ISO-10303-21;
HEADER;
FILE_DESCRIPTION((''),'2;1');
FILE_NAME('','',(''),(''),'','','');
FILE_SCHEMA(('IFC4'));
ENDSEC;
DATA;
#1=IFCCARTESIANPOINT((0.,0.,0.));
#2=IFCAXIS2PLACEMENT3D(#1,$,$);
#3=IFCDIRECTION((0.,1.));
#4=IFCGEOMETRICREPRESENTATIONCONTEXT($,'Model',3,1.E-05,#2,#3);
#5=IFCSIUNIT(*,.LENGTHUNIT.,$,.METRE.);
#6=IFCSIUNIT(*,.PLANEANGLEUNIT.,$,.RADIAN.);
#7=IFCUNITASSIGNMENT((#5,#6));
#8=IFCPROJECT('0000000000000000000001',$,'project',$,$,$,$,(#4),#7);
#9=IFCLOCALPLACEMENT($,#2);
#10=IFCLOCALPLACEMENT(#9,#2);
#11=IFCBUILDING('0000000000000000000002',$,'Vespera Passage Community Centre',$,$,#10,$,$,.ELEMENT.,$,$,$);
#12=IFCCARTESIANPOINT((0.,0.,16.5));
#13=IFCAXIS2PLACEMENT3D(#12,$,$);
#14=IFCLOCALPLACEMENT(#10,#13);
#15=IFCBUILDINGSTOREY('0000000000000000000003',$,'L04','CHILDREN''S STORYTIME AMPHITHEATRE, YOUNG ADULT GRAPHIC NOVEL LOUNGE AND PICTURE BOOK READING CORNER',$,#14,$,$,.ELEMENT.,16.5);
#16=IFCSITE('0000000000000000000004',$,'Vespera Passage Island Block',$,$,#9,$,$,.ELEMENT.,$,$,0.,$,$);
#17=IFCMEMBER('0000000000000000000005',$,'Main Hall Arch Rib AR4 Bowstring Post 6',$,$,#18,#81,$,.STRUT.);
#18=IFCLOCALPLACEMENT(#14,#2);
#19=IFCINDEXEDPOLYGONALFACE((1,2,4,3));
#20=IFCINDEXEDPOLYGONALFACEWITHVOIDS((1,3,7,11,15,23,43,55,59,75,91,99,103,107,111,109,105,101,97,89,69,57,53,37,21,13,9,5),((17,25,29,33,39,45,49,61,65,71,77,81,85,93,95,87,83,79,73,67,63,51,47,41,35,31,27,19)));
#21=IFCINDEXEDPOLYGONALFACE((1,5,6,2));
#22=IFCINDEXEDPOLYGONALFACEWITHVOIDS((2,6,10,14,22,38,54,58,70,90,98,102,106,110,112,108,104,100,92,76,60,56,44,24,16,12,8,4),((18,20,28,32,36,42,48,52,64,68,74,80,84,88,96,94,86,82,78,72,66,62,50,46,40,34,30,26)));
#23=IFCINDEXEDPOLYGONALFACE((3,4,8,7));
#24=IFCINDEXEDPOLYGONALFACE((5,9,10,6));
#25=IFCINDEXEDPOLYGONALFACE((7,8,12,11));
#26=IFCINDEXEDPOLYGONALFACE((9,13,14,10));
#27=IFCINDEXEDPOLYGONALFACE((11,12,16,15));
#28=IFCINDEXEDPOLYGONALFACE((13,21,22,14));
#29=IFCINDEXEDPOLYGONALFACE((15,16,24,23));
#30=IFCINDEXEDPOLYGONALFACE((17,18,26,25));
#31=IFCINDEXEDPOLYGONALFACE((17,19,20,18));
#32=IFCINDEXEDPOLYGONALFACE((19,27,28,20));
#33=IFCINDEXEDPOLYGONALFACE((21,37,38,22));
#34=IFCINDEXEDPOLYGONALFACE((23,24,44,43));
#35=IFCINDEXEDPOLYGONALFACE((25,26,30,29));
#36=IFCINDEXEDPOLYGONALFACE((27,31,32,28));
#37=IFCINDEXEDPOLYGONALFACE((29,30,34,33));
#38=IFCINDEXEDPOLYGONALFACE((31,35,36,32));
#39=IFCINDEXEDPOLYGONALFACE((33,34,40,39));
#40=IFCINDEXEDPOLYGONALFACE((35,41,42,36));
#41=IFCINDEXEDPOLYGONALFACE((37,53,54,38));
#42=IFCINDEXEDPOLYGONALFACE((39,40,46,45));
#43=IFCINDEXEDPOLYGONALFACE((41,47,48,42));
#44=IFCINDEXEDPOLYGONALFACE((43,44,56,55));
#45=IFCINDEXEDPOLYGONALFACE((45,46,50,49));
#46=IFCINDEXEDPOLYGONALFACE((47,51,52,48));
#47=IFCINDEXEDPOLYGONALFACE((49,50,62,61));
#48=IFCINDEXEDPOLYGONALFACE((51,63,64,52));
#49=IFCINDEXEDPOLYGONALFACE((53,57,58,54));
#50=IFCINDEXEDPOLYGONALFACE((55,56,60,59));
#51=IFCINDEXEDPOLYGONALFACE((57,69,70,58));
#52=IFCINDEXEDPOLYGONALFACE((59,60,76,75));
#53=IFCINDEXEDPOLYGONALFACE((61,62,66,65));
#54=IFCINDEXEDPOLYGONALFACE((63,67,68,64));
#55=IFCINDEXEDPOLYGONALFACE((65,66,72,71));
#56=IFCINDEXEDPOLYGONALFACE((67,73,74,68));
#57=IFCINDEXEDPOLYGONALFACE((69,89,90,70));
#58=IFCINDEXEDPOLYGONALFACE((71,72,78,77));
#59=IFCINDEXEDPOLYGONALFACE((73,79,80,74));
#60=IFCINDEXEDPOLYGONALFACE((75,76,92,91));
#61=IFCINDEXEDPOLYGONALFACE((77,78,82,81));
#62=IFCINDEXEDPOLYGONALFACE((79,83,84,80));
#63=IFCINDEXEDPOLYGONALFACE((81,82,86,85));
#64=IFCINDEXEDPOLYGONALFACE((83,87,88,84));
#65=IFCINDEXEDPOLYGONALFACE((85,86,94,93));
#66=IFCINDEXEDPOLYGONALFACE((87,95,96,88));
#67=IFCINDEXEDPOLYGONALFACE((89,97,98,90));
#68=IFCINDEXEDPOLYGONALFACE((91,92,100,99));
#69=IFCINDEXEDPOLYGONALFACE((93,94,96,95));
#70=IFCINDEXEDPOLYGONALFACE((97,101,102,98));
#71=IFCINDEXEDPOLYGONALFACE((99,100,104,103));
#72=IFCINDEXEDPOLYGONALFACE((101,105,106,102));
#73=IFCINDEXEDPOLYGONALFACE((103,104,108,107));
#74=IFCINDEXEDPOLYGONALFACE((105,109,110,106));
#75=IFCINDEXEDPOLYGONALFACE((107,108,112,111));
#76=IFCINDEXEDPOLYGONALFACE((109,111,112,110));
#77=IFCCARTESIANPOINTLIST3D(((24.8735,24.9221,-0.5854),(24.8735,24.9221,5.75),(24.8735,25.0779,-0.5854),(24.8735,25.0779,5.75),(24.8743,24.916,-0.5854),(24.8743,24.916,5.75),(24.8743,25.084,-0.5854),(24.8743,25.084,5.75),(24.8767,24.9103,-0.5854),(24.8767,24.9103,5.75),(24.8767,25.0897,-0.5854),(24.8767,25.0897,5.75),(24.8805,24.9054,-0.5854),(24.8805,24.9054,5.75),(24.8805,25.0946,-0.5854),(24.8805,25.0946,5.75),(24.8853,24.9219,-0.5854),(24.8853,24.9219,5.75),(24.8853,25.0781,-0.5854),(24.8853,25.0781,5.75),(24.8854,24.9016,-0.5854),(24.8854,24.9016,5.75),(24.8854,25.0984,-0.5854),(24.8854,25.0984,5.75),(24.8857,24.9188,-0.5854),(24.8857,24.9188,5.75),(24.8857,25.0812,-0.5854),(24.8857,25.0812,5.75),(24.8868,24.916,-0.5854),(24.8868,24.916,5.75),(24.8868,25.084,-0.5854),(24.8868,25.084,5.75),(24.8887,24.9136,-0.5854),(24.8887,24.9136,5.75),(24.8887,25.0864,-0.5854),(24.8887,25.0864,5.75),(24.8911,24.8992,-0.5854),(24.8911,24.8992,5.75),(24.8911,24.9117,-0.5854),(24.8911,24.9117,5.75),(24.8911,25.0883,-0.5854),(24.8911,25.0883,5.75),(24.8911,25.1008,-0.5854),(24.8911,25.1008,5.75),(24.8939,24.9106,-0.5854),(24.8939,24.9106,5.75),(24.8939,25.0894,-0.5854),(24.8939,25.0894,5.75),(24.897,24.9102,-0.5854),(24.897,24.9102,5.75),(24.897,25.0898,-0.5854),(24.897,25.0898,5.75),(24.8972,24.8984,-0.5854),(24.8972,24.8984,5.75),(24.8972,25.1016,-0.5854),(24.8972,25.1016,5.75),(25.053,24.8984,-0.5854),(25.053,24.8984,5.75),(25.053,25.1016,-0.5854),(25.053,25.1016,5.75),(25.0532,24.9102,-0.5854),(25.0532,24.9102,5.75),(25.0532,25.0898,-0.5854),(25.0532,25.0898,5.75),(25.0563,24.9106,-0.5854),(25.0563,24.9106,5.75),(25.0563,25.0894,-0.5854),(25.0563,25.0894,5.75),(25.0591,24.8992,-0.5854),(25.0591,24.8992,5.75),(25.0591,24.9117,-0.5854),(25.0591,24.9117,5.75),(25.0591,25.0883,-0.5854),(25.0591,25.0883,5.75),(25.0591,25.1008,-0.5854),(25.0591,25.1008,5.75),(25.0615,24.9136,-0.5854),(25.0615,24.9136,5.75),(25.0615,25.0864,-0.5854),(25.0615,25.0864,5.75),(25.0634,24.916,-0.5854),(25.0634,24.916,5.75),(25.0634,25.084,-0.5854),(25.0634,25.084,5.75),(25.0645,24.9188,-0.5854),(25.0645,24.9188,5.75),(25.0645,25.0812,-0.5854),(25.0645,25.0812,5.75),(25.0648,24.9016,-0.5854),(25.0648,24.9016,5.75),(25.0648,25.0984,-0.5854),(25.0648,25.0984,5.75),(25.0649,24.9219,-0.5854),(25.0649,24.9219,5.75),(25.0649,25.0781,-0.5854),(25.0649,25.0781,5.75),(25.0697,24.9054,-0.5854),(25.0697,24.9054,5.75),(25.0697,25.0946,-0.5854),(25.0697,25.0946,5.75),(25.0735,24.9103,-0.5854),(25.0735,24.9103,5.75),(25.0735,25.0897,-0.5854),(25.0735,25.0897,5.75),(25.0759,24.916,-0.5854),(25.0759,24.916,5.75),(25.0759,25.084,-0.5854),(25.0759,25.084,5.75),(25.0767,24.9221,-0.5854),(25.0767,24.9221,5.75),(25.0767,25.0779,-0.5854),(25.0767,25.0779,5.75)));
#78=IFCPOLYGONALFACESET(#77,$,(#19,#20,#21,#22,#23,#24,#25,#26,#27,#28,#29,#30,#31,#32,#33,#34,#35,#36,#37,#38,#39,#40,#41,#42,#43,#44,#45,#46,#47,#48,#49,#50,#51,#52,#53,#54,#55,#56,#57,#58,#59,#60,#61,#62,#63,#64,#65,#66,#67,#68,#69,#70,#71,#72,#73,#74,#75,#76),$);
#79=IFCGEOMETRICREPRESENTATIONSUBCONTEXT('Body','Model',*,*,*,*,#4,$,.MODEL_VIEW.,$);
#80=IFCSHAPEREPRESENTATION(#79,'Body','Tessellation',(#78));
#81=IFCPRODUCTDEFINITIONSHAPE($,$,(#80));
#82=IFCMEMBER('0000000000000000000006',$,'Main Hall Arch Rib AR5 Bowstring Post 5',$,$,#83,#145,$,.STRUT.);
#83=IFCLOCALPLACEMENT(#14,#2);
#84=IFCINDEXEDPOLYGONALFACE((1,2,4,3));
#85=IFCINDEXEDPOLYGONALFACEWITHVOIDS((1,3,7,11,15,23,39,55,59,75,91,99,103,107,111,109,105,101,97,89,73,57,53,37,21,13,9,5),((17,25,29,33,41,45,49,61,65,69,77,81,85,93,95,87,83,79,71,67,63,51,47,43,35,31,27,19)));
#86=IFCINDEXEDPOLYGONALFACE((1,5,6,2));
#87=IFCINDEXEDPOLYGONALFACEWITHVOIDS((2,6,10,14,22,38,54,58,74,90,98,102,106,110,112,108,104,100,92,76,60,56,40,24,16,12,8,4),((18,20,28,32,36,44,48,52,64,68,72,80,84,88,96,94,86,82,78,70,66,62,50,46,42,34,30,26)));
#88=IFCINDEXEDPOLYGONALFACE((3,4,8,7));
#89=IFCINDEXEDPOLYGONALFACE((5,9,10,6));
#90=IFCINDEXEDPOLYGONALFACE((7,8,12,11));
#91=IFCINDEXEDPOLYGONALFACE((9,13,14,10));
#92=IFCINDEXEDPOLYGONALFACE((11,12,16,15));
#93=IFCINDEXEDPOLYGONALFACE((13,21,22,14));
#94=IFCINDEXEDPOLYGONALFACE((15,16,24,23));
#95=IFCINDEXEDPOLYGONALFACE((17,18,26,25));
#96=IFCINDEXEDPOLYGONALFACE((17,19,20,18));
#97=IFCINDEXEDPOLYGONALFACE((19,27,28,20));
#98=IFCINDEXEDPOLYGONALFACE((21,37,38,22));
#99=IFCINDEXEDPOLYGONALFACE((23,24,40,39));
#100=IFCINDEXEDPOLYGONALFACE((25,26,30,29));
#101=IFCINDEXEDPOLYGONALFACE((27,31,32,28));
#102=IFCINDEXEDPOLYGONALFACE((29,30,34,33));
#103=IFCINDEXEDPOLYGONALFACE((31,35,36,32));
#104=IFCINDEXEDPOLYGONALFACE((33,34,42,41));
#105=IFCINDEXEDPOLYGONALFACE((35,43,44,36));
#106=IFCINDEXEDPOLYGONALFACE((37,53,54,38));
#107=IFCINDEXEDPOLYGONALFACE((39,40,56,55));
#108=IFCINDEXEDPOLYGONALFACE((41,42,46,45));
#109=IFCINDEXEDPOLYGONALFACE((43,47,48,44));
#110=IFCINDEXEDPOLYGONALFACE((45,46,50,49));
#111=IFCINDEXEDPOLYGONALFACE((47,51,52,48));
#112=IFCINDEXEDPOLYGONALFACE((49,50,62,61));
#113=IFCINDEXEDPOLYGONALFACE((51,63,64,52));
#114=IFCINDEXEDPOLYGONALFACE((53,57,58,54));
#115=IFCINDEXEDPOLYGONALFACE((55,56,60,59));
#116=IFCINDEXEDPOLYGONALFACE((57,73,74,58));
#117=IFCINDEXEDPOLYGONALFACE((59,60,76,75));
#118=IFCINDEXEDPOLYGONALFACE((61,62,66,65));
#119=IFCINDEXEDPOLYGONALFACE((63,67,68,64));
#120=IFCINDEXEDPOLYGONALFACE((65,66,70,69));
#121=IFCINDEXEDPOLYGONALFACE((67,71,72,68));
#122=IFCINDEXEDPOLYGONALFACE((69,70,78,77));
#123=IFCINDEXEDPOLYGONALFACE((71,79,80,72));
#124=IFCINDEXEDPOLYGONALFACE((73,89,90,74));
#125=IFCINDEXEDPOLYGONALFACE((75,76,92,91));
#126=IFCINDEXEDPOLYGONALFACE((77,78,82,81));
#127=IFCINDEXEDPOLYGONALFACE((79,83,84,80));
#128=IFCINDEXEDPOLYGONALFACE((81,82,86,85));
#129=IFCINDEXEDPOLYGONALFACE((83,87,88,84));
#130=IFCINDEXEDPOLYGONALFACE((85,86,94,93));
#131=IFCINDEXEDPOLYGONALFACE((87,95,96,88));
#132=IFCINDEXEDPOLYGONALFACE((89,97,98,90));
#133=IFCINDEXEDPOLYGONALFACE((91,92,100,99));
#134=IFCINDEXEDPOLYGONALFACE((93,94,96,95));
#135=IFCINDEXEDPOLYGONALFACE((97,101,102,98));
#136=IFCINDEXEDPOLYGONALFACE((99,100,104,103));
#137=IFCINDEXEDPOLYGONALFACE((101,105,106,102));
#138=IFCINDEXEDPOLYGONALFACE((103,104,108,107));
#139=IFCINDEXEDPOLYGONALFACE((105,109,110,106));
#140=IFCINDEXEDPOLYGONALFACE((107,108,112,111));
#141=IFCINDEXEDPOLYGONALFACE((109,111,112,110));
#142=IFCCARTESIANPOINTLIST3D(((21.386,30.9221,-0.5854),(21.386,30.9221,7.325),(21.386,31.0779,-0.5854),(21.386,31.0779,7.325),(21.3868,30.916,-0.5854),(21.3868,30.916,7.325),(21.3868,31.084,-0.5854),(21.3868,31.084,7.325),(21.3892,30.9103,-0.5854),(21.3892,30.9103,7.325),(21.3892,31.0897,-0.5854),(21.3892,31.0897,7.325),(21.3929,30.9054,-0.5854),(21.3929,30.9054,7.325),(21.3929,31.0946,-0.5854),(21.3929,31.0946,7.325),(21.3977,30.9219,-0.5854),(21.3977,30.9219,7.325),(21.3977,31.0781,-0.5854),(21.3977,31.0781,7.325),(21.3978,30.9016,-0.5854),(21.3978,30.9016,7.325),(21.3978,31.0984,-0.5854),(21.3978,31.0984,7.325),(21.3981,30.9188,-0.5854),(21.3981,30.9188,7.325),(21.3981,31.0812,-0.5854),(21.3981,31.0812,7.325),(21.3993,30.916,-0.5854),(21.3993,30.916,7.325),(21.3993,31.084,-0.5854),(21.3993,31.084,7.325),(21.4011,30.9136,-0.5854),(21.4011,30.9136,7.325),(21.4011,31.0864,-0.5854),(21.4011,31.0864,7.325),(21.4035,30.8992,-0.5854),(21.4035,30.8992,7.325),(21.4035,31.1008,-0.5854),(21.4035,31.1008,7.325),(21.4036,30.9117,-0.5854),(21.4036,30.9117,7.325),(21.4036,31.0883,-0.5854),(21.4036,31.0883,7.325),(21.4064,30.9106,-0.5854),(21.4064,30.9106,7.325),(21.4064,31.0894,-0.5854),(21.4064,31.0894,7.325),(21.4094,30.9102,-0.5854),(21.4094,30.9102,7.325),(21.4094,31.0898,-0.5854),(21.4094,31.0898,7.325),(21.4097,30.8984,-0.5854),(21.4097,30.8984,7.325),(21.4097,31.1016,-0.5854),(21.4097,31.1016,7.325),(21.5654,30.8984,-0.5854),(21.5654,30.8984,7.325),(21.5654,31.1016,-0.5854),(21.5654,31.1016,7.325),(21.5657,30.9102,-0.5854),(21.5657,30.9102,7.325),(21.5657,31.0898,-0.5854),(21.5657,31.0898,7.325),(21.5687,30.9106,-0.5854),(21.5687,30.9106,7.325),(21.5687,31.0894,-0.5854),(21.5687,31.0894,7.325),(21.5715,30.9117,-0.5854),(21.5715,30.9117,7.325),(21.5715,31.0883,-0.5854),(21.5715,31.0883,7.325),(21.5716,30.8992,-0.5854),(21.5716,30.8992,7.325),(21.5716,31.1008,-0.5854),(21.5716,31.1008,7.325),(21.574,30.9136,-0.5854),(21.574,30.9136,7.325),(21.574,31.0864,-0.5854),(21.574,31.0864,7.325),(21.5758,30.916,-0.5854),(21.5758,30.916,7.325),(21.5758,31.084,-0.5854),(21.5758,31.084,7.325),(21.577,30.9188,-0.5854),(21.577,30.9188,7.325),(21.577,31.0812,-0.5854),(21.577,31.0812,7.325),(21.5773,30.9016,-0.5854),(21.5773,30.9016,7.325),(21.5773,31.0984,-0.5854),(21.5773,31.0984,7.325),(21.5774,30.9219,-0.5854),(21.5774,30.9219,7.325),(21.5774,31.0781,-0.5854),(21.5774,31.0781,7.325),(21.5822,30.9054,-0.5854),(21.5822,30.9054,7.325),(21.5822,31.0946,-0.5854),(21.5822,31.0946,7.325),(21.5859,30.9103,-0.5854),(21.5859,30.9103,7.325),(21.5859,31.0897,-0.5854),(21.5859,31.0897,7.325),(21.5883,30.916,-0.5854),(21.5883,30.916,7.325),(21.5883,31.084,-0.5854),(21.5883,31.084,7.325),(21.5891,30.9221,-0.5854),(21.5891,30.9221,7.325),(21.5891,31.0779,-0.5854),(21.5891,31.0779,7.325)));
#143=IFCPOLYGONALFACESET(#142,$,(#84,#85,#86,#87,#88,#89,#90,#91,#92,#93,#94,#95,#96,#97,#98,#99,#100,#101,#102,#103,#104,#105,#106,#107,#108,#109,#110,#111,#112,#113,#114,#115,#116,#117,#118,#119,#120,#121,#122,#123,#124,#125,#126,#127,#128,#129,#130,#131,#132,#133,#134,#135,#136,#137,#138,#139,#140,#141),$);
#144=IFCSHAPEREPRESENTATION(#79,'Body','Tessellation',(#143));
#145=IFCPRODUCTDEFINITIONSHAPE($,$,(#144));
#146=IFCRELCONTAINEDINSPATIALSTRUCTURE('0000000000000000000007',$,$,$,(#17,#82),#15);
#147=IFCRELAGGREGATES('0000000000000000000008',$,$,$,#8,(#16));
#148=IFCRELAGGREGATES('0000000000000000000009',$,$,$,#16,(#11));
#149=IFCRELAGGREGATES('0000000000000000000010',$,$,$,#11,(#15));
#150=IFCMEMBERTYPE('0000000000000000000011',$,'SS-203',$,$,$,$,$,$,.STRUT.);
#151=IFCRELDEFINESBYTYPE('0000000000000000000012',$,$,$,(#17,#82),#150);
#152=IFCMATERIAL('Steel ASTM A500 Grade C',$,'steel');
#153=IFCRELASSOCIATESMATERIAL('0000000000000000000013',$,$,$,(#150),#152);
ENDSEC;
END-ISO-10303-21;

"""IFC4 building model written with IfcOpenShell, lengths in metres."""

from ifc_helpers import new_model, si_unit, direction, frame, origin, origin_2d, place, context, subcontext, project, spatial, hollow_rectangle, extrude, material, material_profile, profile_set, type_object, element, save


model = new_model("IFC4")

# Units and contexts
model_context = context("Model", 3, precision=1e-05, world=origin(), true_north=direction((0.0, 1.0)))
body_context = subcontext(model_context, "Body", "Model", "MODEL_VIEW")
ifc_project = project(units=[si_unit("LENGTHUNIT", "METRE"), si_unit("PLANEANGLEUNIT", "RADIAN")], contexts=[model_context])

# Site, building, storey
site_placement = place(None, origin())
site = spatial("IfcSite", under=ifc_project, at=site_placement, Name="Vespera Passage Island Block", CompositionType="ELEMENT", RefElevation=0.0)
building_placement = place(site_placement, origin())
building = spatial("IfcBuilding", under=site, at=building_placement, Name="Vespera Passage Community Centre", CompositionType="ELEMENT")
storey_placement = place(building_placement, frame((0.0, 0.0, 16.5)))
storey = spatial("IfcBuildingStorey", under=building, at=storey_placement, Name="L04", Description="CHILDREN'S STORYTIME AMPHITHEATRE, YOUNG ADULT GRAPHIC NOVEL LOUNGE AND PICTURE BOOK READING CORNER", CompositionType="ELEMENT", Elevation=16.5)

# Members
ifc_material_1 = material(Name="Steel ASTM A500 Grade C", Category="steel")
ifc_material_profile_1 = material_profile(ifc_material_1, hollow_rectangle(XDim=0.2031, YDim=0.2031, WallThickness=0.0117, InnerFilletRadius=0.0117, OuterFilletRadius=0.0237, at=origin_2d()), Name="HSS203X203X12.7")
ifc_profile_set_1 = profile_set([ifc_material_profile_1], Name="Steel ASTM A500 Grade C")
member_type_1 = type_object("IfcMemberType", Name="SS-203", PredefinedType="STRUT", material=ifc_profile_set_1)
member_1_placement = place(storey_placement, frame((24.9751, 25.0, -0.5854), z_axis=(0.0, 0.0, 1.0), x_axis=(1.0, 0.0, 0.0)))
element("IfcMember", 1, at=member_1_placement, inside=storey, type_object=member_type_1, Name="Main Hall Arch Rib AR4 Bowstring Post 6", PredefinedType="STRUT", context=body_context, shape_type="SweptSolid", body=[
    extrude(hollow_rectangle(XDim=0.2031, YDim=0.2031, WallThickness=0.0117, InnerFilletRadius=0.0117, OuterFilletRadius=0.0237, at=origin_2d()), origin(), (0.0, 0.0, 1.0), 6.3354),
])
member_2_placement = place(storey_placement, frame((21.4875, 31.0, -0.5854), z_axis=(0.0, 0.0, 1.0), x_axis=(1.0, 0.0, 0.0)))
element("IfcMember", 2, at=member_2_placement, inside=storey, type_object=member_type_1, Name="Main Hall Arch Rib AR5 Bowstring Post 5", PredefinedType="STRUT", context=body_context, shape_type="SweptSolid", body=[
    extrude(hollow_rectangle(XDim=0.2031, YDim=0.2031, WallThickness=0.0117, InnerFilletRadius=0.0117, OuterFilletRadius=0.0237, at=origin_2d()), origin(), (0.0, 0.0, 1.0), 7.9104),
])

save(model, "model.ifc")
